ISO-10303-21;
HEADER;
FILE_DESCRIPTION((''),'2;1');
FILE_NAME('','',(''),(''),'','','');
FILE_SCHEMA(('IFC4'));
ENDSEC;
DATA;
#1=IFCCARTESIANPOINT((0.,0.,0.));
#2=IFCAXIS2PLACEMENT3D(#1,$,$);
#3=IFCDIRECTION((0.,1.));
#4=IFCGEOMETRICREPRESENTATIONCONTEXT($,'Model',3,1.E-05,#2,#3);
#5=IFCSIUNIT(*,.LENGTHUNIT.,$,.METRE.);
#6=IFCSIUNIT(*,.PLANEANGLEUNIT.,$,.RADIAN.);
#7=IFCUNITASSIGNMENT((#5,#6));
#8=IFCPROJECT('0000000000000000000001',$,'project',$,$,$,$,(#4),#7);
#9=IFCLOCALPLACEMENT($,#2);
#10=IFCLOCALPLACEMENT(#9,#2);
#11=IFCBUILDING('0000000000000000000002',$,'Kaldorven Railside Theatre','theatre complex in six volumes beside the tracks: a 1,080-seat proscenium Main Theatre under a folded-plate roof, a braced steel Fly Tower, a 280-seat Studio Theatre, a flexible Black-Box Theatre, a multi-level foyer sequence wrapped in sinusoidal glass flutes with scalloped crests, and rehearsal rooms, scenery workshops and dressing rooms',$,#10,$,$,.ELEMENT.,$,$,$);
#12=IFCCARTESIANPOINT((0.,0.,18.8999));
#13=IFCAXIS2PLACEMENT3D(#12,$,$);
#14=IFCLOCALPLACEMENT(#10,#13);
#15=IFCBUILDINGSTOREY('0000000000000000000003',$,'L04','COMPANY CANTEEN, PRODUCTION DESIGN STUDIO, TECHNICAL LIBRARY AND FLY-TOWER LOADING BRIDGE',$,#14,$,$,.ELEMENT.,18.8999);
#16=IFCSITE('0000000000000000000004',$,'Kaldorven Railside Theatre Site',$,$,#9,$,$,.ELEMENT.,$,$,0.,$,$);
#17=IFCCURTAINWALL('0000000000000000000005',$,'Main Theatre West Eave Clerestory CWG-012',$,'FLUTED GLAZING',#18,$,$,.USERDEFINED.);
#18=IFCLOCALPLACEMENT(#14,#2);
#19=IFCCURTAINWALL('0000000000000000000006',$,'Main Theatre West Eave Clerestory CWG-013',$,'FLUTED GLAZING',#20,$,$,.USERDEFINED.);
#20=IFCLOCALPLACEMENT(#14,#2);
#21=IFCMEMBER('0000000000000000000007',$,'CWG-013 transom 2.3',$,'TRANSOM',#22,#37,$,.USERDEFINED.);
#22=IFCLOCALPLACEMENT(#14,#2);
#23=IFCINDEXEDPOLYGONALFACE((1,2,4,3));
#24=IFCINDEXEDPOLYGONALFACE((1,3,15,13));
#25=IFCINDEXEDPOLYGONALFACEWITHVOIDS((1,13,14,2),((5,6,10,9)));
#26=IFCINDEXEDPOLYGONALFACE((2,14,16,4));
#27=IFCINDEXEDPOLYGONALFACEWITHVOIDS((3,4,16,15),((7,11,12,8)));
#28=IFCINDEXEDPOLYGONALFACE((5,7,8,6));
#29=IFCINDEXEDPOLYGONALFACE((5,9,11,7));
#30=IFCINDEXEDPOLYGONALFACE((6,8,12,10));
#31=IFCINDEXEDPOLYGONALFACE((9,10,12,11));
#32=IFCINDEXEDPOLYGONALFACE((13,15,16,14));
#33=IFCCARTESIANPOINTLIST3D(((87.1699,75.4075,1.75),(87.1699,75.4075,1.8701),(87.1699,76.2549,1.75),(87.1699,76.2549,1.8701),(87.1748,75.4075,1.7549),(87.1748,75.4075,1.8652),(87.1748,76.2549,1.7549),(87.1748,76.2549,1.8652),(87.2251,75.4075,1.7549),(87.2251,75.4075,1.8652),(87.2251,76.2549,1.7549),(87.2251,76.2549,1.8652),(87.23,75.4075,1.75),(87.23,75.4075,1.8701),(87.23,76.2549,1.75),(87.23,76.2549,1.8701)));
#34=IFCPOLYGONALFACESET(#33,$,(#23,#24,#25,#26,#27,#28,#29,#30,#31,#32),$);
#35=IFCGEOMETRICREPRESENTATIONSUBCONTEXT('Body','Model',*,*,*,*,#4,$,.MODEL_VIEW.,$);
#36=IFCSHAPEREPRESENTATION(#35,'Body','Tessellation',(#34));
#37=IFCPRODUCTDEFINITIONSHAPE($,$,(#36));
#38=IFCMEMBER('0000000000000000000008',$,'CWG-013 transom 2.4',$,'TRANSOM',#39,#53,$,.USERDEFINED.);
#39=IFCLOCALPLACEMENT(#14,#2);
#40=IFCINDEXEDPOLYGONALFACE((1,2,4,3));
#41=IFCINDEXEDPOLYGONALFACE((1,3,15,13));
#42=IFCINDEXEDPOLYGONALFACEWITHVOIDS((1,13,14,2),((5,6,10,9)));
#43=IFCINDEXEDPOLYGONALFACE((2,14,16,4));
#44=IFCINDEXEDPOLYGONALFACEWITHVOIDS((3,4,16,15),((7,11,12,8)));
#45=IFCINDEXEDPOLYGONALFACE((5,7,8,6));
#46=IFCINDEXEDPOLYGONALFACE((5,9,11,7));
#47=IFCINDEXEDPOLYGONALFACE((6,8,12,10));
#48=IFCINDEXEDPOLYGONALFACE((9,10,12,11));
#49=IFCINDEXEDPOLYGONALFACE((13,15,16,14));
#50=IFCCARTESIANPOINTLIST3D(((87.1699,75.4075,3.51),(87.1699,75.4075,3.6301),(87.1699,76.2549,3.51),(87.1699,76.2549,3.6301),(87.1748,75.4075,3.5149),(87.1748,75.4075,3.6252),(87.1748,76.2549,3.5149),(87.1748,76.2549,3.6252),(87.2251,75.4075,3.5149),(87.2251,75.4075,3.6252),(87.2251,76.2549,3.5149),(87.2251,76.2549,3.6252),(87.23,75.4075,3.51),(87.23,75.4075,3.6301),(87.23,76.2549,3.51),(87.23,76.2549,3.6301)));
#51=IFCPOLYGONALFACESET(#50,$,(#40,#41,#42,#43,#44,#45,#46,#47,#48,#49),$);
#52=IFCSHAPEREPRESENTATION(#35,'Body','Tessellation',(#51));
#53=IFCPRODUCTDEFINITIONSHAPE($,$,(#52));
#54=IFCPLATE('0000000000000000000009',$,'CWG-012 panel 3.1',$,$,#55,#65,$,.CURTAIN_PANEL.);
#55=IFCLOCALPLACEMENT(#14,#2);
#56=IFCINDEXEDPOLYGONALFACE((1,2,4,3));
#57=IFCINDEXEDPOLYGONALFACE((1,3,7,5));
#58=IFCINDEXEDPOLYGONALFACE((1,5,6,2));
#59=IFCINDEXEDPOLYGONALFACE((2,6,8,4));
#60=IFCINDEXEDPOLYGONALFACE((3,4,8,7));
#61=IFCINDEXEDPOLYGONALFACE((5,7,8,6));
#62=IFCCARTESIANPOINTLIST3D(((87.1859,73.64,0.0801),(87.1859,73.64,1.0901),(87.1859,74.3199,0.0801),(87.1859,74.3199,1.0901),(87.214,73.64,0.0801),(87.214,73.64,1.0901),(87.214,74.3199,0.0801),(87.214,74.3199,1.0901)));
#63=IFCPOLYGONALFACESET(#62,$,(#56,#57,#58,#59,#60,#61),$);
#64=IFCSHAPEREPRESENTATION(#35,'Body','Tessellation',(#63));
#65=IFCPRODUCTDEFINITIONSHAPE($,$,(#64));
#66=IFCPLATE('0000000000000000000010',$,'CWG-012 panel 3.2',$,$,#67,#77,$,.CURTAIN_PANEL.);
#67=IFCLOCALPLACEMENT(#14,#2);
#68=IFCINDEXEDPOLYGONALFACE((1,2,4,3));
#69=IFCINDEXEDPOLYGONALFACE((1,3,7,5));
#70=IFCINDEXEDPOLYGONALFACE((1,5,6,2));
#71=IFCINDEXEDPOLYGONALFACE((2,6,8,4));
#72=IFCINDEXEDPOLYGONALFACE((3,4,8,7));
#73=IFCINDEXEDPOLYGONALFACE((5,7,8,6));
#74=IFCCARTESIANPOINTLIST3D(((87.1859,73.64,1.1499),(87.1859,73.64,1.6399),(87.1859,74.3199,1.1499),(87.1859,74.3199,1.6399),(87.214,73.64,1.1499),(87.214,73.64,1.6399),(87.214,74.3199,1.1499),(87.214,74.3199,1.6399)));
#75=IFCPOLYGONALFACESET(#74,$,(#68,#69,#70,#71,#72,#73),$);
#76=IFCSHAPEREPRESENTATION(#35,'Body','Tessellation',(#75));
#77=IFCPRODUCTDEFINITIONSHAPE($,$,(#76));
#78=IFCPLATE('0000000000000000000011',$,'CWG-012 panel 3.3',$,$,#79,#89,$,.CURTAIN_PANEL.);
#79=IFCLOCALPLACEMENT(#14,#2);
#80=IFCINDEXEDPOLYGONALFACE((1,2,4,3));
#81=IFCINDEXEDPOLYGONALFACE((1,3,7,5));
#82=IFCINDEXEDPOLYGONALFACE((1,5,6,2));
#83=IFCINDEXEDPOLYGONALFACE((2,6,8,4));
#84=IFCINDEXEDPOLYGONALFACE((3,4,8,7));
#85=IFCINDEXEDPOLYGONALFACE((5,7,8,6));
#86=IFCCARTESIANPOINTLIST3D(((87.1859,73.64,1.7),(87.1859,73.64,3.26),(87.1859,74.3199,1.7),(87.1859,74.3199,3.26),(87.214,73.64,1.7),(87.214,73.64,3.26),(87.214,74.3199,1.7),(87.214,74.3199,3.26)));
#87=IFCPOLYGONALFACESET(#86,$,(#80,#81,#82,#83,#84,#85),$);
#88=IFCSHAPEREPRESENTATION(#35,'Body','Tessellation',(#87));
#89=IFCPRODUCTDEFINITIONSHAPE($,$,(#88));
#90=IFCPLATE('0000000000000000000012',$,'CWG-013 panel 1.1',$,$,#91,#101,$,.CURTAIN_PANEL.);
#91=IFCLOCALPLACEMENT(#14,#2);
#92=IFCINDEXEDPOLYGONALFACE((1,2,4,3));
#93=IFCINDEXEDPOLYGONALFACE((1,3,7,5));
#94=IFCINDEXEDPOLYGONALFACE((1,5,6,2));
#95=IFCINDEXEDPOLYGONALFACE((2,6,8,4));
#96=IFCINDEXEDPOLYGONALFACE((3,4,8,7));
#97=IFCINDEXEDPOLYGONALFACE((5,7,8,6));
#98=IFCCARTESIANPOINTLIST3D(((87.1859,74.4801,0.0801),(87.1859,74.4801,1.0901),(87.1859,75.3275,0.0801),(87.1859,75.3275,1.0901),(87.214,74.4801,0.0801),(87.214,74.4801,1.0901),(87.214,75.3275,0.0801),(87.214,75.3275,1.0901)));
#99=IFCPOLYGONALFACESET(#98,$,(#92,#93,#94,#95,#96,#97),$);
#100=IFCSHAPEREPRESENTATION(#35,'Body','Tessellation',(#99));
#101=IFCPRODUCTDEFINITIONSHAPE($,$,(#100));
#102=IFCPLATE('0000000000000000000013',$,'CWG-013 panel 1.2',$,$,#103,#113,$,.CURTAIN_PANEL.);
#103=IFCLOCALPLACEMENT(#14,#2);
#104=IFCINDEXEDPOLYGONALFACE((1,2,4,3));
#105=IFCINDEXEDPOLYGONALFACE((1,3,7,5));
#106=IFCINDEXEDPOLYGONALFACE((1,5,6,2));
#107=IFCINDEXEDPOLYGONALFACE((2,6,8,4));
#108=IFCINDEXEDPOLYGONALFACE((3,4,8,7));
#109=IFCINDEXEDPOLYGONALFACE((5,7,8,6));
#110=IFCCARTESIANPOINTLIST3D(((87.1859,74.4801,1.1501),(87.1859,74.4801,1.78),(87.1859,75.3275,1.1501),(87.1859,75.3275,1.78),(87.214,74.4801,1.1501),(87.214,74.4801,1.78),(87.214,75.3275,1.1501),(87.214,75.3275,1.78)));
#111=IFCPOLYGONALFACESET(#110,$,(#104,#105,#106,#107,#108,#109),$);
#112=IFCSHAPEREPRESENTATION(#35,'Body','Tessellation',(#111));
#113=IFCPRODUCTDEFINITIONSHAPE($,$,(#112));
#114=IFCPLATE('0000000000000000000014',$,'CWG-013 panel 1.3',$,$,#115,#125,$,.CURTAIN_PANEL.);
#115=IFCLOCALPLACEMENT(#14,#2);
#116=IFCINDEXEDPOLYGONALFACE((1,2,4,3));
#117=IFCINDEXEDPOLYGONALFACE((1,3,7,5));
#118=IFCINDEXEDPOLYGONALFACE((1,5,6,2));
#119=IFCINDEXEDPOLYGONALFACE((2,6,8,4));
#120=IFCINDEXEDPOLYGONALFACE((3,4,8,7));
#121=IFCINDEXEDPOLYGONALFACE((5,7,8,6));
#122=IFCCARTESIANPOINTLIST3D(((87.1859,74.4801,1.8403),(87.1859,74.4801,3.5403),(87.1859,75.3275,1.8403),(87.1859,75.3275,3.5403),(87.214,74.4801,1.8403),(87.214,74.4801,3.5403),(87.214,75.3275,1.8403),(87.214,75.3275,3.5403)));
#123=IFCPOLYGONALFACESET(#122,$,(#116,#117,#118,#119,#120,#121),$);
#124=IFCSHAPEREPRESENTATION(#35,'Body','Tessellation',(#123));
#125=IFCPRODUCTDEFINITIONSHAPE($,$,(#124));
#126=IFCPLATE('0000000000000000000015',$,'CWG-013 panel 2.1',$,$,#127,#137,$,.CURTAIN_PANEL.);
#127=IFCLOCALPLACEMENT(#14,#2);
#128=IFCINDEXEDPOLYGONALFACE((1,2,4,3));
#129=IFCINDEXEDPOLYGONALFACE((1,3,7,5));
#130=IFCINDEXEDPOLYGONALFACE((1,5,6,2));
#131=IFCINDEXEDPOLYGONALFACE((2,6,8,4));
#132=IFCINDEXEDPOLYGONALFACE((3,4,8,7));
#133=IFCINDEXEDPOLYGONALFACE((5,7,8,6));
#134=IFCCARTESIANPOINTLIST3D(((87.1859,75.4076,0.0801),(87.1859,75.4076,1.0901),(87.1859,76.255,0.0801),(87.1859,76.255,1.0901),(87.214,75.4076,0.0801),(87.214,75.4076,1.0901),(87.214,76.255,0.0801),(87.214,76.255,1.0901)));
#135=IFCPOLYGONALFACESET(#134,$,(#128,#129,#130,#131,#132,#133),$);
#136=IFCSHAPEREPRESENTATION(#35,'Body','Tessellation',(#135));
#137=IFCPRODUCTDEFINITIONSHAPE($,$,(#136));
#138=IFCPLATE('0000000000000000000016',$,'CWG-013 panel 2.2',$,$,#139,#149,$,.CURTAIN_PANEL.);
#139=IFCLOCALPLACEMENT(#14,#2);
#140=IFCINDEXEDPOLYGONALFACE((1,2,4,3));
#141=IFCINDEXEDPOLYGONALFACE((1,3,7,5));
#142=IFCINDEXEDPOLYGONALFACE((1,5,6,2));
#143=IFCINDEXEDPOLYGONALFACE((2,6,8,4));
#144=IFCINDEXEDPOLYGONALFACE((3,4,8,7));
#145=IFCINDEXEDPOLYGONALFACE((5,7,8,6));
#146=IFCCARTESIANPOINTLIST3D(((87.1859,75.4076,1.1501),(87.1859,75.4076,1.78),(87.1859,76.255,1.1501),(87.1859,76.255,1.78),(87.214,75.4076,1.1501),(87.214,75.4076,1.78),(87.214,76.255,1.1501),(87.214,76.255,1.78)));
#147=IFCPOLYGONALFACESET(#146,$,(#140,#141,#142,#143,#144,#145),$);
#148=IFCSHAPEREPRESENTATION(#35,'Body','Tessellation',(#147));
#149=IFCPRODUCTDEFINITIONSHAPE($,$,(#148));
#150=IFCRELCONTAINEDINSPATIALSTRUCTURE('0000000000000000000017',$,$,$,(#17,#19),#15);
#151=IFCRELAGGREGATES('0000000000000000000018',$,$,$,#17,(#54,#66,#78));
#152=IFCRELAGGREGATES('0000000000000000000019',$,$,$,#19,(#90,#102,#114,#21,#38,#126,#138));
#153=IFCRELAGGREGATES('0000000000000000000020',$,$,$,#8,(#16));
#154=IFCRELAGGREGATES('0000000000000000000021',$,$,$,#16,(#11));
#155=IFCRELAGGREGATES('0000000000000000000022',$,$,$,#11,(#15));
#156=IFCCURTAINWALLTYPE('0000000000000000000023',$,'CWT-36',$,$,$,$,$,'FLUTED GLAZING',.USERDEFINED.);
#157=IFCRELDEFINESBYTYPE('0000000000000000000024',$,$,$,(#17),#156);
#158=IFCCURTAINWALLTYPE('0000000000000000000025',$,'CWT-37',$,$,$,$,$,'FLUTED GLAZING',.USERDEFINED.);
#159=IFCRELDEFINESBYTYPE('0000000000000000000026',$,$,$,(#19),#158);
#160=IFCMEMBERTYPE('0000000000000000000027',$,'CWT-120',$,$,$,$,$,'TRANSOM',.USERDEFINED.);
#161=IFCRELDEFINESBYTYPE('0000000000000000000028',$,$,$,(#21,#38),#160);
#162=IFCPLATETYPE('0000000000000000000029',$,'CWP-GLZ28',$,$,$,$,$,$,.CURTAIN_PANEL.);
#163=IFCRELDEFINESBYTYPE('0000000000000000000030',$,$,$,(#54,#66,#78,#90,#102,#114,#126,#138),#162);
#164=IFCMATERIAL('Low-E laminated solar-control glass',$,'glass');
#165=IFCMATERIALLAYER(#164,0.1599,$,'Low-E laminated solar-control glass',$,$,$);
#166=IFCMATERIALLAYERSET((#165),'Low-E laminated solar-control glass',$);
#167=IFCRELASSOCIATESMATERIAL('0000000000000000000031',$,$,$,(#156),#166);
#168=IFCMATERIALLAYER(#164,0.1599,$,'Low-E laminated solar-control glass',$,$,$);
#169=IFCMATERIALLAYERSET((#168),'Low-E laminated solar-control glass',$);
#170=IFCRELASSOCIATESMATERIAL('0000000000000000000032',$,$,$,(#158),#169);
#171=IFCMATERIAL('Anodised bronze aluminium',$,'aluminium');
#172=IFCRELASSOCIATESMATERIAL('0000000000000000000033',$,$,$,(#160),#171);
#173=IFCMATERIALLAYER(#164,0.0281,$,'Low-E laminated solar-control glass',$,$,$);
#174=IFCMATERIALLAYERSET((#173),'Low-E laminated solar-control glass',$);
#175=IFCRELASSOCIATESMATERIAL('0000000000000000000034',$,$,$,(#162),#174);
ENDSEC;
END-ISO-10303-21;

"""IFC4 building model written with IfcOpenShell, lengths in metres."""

from ifc_helpers import new_model, si_unit, direction, frame, origin, origin_2d, place, context, subcontext, project, spatial, rectangle, hollow_rectangle, extrude, material, layer, layer_set, material_profile, profile_set, type_object, element, aggregate, save


model = new_model("IFC4")

# Units and contexts
model_context = context("Model", 3, precision=1e-05, world=origin(), true_north=direction((0.0, 1.0)))
body_context = subcontext(model_context, "Body", "Model", "MODEL_VIEW")
ifc_project = project(units=[si_unit("LENGTHUNIT", "METRE"), si_unit("PLANEANGLEUNIT", "RADIAN")], contexts=[model_context])

# Site, building, storey
site_placement = place(None, origin())
site = spatial("IfcSite", under=ifc_project, at=site_placement, Name="Kaldorven Railside Theatre Site", CompositionType="ELEMENT", RefElevation=0.0)
building_placement = place(site_placement, origin())
building = spatial("IfcBuilding", under=site, at=building_placement, Name="Kaldorven Railside Theatre", Description="theatre complex in six volumes beside the tracks: a 1,080-seat proscenium Main Theatre under a folded-plate roof, a braced steel Fly Tower, a 280-seat Studio Theatre, a flexible Black-Box Theatre, a multi-level foyer sequence wrapped in sinusoidal glass flutes with scalloped crests, and rehearsal rooms, scenery workshops and dressing rooms", CompositionType="ELEMENT")
storey_placement = place(building_placement, frame((0.0, 0.0, 18.8999)))
storey = spatial("IfcBuildingStorey", under=building, at=storey_placement, Name="L04", Description="COMPANY CANTEEN, PRODUCTION DESIGN STUDIO, TECHNICAL LIBRARY AND FLY-TOWER LOADING BRIDGE", CompositionType="ELEMENT", Elevation=18.8999)

# Curtain wall
ifc_material_1 = material(Name="Low-E laminated solar-control glass", Category="glass")
ifc_layer_1 = layer(ifc_material_1, 0.1599, Name="Low-E laminated solar-control glass")
ifc_layer_set_1 = layer_set([ifc_layer_1], Name="Low-E laminated solar-control glass")
curtain_wall_type_1 = type_object("IfcCurtainWallType", Name="CWT-36", ElementType="FLUTED GLAZING", PredefinedType="USERDEFINED", material=ifc_layer_set_1)
curtain_wall_1_placement = place(storey_placement, origin())
curtain_wall_1 = element("IfcCurtainWall", 1, at=curtain_wall_1_placement, inside=storey, type_object=curtain_wall_type_1, Name="Main Theatre West Eave Clerestory CWG-012", ObjectType="FLUTED GLAZING", PredefinedType="USERDEFINED")
ifc_material_2 = material(Name="Anodised bronze aluminium", Category="aluminium")

# Curtain wall
ifc_layer_2 = layer(ifc_material_1, 0.1599, Name="Low-E laminated solar-control glass")
ifc_layer_set_2 = layer_set([ifc_layer_2], Name="Low-E laminated solar-control glass")
curtain_wall_type_2 = type_object("IfcCurtainWallType", Name="CWT-37", ElementType="FLUTED GLAZING", PredefinedType="USERDEFINED", material=ifc_layer_set_2)
curtain_wall_2_placement = place(storey_placement, origin())
curtain_wall_2 = element("IfcCurtainWall", 2, at=curtain_wall_2_placement, inside=storey, type_object=curtain_wall_type_2, Name="Main Theatre West Eave Clerestory CWG-013", ObjectType="FLUTED GLAZING", PredefinedType="USERDEFINED")

# Members
ifc_material_profile_1 = material_profile(ifc_material_2, hollow_rectangle(XDim=0.0601, YDim=0.1201, WallThickness=0.0049, at=origin_2d()), Name="RHS 120x60x5")
ifc_profile_set_1 = profile_set([ifc_material_profile_1], Name="Anodised bronze aluminium")
member_type_1 = type_object("IfcMemberType", Name="CWT-120", ElementType="TRANSOM", PredefinedType="USERDEFINED", material=ifc_profile_set_1)
member_1_placement = place(storey_placement, frame((87.2, 75.4075, 1.8101), z_axis=(0.0, 1.0, 0.0), x_axis=(-1.0, 0.0, 0.0)))
member_1 = element("IfcMember", 3, at=member_1_placement, type_object=member_type_1, Name="CWG-013 transom 2.3", ObjectType="TRANSOM", PredefinedType="USERDEFINED", context=body_context, shape_type="SweptSolid", body=[
    extrude(hollow_rectangle(XDim=0.0601, YDim=0.1201, WallThickness=0.0049, at=origin_2d()), origin(), (0.0, 0.0, 1.0), 0.8474),
])
member_2_placement = place(storey_placement, frame((87.2, 75.4075, 3.5701), z_axis=(0.0, 1.0, 0.0), x_axis=(-1.0, 0.0, 0.0)))
member_2 = element("IfcMember", 4, at=member_2_placement, type_object=member_type_1, Name="CWG-013 transom 2.4", ObjectType="TRANSOM", PredefinedType="USERDEFINED", context=body_context, shape_type="SweptSolid", body=[
    extrude(hollow_rectangle(XDim=0.0601, YDim=0.1201, WallThickness=0.0049, at=origin_2d()), origin(), (0.0, 0.0, 1.0), 0.8474),
])

# Plates
ifc_layer_3 = layer(ifc_material_1, 0.0281, Name="Low-E laminated solar-control glass")
ifc_layer_set_3 = layer_set([ifc_layer_3], Name="Low-E laminated solar-control glass")
plate_type = type_object("IfcPlateType", Name="CWP-GLZ28", PredefinedType="CURTAIN_PANEL", material=ifc_layer_set_3)
plate_1_placement = place(storey_placement, frame((87.2, 73.98, 0.0801), z_axis=(0.0, 0.0, 1.0), x_axis=(0.0, 1.0, 0.0)))
plate_1 = element("IfcPlate", 5, at=plate_1_placement, type_object=plate_type, Name="CWG-012 panel 3.1", PredefinedType="CURTAIN_PANEL", context=body_context, shape_type="SweptSolid", body=[
    extrude(rectangle(XDim=0.6799, YDim=0.0281, at=origin_2d()), origin(), (0.0, 0.0, 1.0), 1.01),
])
plate_2_placement = place(storey_placement, frame((87.2, 73.98, 1.1499), z_axis=(0.0, 0.0, 1.0), x_axis=(0.0, 1.0, 0.0)))
plate_2 = element("IfcPlate", 6, at=plate_2_placement, type_object=plate_type, Name="CWG-012 panel 3.2", PredefinedType="CURTAIN_PANEL", context=body_context, shape_type="SweptSolid", body=[
    extrude(rectangle(XDim=0.6799, YDim=0.0281, at=origin_2d()), origin(), (0.0, 0.0, 1.0), 0.49),
])
plate_3_placement = place(storey_placement, frame((87.2, 73.98, 1.7), z_axis=(0.0, 0.0, 1.0), x_axis=(0.0, 1.0, 0.0)))
plate_3 = element("IfcPlate", 7, at=plate_3_placement, type_object=plate_type, Name="CWG-012 panel 3.3", PredefinedType="CURTAIN_PANEL", context=body_context, shape_type="SweptSolid", body=[
    extrude(rectangle(XDim=0.6799, YDim=0.0281, at=origin_2d()), origin(), (0.0, 0.0, 1.0), 1.5601),
])
aggregate(curtain_wall_1, [plate_1, plate_2, plate_3])
plate_4_placement = place(storey_placement, frame((87.2, 74.9038, 0.0801), z_axis=(0.0, 0.0, 1.0), x_axis=(0.0, 1.0, 0.0)))
plate_4 = element("IfcPlate", 8, at=plate_4_placement, type_object=plate_type, Name="CWG-013 panel 1.1", PredefinedType="CURTAIN_PANEL", context=body_context, shape_type="SweptSolid", body=[
    extrude(rectangle(XDim=0.8474, YDim=0.0281, at=origin_2d()), origin(), (0.0, 0.0, 1.0), 1.01),
])
plate_5_placement = place(storey_placement, frame((87.2, 74.9038, 1.1501), z_axis=(0.0, 0.0, 1.0), x_axis=(0.0, 1.0, 0.0)))
plate_5 = element("IfcPlate", 9, at=plate_5_placement, type_object=plate_type, Name="CWG-013 panel 1.2", PredefinedType="CURTAIN_PANEL", context=body_context, shape_type="SweptSolid", body=[
    extrude(rectangle(XDim=0.8474, YDim=0.0281, at=origin_2d()), origin(), (0.0, 0.0, 1.0), 0.6299),
])
plate_6_placement = place(storey_placement, frame((87.2, 74.9038, 1.8403), z_axis=(0.0, 0.0, 1.0), x_axis=(0.0, 1.0, 0.0)))
plate_6 = element("IfcPlate", 10, at=plate_6_placement, type_object=plate_type, Name="CWG-013 panel 1.3", PredefinedType="CURTAIN_PANEL", context=body_context, shape_type="SweptSolid", body=[
    extrude(rectangle(XDim=0.8474, YDim=0.0281, at=origin_2d()), origin(), (0.0, 0.0, 1.0), 1.7),
])
plate_7_placement = place(storey_placement, frame((87.2, 75.8313, 0.0801), z_axis=(0.0, 0.0, 1.0), x_axis=(0.0, 1.0, 0.0)))
plate_7 = element("IfcPlate", 11, at=plate_7_placement, type_object=plate_type, Name="CWG-013 panel 2.1", PredefinedType="CURTAIN_PANEL", context=body_context, shape_type="SweptSolid", body=[
    extrude(rectangle(XDim=0.8474, YDim=0.0281, at=origin_2d()), origin(), (0.0, 0.0, 1.0), 1.01),
])
plate_8_placement = place(storey_placement, frame((87.2, 75.8313, 1.1501), z_axis=(0.0, 0.0, 1.0), x_axis=(0.0, 1.0, 0.0)))
plate_8 = element("IfcPlate", 12, at=plate_8_placement, type_object=plate_type, Name="CWG-013 panel 2.2", PredefinedType="CURTAIN_PANEL", context=body_context, shape_type="SweptSolid", body=[
    extrude(rectangle(XDim=0.8474, YDim=0.0281, at=origin_2d()), origin(), (0.0, 0.0, 1.0), 0.6299),
])
aggregate(curtain_wall_2, [plate_4, plate_5, plate_6, member_1, member_2, plate_7, plate_8])

save(model, "model.ifc")
